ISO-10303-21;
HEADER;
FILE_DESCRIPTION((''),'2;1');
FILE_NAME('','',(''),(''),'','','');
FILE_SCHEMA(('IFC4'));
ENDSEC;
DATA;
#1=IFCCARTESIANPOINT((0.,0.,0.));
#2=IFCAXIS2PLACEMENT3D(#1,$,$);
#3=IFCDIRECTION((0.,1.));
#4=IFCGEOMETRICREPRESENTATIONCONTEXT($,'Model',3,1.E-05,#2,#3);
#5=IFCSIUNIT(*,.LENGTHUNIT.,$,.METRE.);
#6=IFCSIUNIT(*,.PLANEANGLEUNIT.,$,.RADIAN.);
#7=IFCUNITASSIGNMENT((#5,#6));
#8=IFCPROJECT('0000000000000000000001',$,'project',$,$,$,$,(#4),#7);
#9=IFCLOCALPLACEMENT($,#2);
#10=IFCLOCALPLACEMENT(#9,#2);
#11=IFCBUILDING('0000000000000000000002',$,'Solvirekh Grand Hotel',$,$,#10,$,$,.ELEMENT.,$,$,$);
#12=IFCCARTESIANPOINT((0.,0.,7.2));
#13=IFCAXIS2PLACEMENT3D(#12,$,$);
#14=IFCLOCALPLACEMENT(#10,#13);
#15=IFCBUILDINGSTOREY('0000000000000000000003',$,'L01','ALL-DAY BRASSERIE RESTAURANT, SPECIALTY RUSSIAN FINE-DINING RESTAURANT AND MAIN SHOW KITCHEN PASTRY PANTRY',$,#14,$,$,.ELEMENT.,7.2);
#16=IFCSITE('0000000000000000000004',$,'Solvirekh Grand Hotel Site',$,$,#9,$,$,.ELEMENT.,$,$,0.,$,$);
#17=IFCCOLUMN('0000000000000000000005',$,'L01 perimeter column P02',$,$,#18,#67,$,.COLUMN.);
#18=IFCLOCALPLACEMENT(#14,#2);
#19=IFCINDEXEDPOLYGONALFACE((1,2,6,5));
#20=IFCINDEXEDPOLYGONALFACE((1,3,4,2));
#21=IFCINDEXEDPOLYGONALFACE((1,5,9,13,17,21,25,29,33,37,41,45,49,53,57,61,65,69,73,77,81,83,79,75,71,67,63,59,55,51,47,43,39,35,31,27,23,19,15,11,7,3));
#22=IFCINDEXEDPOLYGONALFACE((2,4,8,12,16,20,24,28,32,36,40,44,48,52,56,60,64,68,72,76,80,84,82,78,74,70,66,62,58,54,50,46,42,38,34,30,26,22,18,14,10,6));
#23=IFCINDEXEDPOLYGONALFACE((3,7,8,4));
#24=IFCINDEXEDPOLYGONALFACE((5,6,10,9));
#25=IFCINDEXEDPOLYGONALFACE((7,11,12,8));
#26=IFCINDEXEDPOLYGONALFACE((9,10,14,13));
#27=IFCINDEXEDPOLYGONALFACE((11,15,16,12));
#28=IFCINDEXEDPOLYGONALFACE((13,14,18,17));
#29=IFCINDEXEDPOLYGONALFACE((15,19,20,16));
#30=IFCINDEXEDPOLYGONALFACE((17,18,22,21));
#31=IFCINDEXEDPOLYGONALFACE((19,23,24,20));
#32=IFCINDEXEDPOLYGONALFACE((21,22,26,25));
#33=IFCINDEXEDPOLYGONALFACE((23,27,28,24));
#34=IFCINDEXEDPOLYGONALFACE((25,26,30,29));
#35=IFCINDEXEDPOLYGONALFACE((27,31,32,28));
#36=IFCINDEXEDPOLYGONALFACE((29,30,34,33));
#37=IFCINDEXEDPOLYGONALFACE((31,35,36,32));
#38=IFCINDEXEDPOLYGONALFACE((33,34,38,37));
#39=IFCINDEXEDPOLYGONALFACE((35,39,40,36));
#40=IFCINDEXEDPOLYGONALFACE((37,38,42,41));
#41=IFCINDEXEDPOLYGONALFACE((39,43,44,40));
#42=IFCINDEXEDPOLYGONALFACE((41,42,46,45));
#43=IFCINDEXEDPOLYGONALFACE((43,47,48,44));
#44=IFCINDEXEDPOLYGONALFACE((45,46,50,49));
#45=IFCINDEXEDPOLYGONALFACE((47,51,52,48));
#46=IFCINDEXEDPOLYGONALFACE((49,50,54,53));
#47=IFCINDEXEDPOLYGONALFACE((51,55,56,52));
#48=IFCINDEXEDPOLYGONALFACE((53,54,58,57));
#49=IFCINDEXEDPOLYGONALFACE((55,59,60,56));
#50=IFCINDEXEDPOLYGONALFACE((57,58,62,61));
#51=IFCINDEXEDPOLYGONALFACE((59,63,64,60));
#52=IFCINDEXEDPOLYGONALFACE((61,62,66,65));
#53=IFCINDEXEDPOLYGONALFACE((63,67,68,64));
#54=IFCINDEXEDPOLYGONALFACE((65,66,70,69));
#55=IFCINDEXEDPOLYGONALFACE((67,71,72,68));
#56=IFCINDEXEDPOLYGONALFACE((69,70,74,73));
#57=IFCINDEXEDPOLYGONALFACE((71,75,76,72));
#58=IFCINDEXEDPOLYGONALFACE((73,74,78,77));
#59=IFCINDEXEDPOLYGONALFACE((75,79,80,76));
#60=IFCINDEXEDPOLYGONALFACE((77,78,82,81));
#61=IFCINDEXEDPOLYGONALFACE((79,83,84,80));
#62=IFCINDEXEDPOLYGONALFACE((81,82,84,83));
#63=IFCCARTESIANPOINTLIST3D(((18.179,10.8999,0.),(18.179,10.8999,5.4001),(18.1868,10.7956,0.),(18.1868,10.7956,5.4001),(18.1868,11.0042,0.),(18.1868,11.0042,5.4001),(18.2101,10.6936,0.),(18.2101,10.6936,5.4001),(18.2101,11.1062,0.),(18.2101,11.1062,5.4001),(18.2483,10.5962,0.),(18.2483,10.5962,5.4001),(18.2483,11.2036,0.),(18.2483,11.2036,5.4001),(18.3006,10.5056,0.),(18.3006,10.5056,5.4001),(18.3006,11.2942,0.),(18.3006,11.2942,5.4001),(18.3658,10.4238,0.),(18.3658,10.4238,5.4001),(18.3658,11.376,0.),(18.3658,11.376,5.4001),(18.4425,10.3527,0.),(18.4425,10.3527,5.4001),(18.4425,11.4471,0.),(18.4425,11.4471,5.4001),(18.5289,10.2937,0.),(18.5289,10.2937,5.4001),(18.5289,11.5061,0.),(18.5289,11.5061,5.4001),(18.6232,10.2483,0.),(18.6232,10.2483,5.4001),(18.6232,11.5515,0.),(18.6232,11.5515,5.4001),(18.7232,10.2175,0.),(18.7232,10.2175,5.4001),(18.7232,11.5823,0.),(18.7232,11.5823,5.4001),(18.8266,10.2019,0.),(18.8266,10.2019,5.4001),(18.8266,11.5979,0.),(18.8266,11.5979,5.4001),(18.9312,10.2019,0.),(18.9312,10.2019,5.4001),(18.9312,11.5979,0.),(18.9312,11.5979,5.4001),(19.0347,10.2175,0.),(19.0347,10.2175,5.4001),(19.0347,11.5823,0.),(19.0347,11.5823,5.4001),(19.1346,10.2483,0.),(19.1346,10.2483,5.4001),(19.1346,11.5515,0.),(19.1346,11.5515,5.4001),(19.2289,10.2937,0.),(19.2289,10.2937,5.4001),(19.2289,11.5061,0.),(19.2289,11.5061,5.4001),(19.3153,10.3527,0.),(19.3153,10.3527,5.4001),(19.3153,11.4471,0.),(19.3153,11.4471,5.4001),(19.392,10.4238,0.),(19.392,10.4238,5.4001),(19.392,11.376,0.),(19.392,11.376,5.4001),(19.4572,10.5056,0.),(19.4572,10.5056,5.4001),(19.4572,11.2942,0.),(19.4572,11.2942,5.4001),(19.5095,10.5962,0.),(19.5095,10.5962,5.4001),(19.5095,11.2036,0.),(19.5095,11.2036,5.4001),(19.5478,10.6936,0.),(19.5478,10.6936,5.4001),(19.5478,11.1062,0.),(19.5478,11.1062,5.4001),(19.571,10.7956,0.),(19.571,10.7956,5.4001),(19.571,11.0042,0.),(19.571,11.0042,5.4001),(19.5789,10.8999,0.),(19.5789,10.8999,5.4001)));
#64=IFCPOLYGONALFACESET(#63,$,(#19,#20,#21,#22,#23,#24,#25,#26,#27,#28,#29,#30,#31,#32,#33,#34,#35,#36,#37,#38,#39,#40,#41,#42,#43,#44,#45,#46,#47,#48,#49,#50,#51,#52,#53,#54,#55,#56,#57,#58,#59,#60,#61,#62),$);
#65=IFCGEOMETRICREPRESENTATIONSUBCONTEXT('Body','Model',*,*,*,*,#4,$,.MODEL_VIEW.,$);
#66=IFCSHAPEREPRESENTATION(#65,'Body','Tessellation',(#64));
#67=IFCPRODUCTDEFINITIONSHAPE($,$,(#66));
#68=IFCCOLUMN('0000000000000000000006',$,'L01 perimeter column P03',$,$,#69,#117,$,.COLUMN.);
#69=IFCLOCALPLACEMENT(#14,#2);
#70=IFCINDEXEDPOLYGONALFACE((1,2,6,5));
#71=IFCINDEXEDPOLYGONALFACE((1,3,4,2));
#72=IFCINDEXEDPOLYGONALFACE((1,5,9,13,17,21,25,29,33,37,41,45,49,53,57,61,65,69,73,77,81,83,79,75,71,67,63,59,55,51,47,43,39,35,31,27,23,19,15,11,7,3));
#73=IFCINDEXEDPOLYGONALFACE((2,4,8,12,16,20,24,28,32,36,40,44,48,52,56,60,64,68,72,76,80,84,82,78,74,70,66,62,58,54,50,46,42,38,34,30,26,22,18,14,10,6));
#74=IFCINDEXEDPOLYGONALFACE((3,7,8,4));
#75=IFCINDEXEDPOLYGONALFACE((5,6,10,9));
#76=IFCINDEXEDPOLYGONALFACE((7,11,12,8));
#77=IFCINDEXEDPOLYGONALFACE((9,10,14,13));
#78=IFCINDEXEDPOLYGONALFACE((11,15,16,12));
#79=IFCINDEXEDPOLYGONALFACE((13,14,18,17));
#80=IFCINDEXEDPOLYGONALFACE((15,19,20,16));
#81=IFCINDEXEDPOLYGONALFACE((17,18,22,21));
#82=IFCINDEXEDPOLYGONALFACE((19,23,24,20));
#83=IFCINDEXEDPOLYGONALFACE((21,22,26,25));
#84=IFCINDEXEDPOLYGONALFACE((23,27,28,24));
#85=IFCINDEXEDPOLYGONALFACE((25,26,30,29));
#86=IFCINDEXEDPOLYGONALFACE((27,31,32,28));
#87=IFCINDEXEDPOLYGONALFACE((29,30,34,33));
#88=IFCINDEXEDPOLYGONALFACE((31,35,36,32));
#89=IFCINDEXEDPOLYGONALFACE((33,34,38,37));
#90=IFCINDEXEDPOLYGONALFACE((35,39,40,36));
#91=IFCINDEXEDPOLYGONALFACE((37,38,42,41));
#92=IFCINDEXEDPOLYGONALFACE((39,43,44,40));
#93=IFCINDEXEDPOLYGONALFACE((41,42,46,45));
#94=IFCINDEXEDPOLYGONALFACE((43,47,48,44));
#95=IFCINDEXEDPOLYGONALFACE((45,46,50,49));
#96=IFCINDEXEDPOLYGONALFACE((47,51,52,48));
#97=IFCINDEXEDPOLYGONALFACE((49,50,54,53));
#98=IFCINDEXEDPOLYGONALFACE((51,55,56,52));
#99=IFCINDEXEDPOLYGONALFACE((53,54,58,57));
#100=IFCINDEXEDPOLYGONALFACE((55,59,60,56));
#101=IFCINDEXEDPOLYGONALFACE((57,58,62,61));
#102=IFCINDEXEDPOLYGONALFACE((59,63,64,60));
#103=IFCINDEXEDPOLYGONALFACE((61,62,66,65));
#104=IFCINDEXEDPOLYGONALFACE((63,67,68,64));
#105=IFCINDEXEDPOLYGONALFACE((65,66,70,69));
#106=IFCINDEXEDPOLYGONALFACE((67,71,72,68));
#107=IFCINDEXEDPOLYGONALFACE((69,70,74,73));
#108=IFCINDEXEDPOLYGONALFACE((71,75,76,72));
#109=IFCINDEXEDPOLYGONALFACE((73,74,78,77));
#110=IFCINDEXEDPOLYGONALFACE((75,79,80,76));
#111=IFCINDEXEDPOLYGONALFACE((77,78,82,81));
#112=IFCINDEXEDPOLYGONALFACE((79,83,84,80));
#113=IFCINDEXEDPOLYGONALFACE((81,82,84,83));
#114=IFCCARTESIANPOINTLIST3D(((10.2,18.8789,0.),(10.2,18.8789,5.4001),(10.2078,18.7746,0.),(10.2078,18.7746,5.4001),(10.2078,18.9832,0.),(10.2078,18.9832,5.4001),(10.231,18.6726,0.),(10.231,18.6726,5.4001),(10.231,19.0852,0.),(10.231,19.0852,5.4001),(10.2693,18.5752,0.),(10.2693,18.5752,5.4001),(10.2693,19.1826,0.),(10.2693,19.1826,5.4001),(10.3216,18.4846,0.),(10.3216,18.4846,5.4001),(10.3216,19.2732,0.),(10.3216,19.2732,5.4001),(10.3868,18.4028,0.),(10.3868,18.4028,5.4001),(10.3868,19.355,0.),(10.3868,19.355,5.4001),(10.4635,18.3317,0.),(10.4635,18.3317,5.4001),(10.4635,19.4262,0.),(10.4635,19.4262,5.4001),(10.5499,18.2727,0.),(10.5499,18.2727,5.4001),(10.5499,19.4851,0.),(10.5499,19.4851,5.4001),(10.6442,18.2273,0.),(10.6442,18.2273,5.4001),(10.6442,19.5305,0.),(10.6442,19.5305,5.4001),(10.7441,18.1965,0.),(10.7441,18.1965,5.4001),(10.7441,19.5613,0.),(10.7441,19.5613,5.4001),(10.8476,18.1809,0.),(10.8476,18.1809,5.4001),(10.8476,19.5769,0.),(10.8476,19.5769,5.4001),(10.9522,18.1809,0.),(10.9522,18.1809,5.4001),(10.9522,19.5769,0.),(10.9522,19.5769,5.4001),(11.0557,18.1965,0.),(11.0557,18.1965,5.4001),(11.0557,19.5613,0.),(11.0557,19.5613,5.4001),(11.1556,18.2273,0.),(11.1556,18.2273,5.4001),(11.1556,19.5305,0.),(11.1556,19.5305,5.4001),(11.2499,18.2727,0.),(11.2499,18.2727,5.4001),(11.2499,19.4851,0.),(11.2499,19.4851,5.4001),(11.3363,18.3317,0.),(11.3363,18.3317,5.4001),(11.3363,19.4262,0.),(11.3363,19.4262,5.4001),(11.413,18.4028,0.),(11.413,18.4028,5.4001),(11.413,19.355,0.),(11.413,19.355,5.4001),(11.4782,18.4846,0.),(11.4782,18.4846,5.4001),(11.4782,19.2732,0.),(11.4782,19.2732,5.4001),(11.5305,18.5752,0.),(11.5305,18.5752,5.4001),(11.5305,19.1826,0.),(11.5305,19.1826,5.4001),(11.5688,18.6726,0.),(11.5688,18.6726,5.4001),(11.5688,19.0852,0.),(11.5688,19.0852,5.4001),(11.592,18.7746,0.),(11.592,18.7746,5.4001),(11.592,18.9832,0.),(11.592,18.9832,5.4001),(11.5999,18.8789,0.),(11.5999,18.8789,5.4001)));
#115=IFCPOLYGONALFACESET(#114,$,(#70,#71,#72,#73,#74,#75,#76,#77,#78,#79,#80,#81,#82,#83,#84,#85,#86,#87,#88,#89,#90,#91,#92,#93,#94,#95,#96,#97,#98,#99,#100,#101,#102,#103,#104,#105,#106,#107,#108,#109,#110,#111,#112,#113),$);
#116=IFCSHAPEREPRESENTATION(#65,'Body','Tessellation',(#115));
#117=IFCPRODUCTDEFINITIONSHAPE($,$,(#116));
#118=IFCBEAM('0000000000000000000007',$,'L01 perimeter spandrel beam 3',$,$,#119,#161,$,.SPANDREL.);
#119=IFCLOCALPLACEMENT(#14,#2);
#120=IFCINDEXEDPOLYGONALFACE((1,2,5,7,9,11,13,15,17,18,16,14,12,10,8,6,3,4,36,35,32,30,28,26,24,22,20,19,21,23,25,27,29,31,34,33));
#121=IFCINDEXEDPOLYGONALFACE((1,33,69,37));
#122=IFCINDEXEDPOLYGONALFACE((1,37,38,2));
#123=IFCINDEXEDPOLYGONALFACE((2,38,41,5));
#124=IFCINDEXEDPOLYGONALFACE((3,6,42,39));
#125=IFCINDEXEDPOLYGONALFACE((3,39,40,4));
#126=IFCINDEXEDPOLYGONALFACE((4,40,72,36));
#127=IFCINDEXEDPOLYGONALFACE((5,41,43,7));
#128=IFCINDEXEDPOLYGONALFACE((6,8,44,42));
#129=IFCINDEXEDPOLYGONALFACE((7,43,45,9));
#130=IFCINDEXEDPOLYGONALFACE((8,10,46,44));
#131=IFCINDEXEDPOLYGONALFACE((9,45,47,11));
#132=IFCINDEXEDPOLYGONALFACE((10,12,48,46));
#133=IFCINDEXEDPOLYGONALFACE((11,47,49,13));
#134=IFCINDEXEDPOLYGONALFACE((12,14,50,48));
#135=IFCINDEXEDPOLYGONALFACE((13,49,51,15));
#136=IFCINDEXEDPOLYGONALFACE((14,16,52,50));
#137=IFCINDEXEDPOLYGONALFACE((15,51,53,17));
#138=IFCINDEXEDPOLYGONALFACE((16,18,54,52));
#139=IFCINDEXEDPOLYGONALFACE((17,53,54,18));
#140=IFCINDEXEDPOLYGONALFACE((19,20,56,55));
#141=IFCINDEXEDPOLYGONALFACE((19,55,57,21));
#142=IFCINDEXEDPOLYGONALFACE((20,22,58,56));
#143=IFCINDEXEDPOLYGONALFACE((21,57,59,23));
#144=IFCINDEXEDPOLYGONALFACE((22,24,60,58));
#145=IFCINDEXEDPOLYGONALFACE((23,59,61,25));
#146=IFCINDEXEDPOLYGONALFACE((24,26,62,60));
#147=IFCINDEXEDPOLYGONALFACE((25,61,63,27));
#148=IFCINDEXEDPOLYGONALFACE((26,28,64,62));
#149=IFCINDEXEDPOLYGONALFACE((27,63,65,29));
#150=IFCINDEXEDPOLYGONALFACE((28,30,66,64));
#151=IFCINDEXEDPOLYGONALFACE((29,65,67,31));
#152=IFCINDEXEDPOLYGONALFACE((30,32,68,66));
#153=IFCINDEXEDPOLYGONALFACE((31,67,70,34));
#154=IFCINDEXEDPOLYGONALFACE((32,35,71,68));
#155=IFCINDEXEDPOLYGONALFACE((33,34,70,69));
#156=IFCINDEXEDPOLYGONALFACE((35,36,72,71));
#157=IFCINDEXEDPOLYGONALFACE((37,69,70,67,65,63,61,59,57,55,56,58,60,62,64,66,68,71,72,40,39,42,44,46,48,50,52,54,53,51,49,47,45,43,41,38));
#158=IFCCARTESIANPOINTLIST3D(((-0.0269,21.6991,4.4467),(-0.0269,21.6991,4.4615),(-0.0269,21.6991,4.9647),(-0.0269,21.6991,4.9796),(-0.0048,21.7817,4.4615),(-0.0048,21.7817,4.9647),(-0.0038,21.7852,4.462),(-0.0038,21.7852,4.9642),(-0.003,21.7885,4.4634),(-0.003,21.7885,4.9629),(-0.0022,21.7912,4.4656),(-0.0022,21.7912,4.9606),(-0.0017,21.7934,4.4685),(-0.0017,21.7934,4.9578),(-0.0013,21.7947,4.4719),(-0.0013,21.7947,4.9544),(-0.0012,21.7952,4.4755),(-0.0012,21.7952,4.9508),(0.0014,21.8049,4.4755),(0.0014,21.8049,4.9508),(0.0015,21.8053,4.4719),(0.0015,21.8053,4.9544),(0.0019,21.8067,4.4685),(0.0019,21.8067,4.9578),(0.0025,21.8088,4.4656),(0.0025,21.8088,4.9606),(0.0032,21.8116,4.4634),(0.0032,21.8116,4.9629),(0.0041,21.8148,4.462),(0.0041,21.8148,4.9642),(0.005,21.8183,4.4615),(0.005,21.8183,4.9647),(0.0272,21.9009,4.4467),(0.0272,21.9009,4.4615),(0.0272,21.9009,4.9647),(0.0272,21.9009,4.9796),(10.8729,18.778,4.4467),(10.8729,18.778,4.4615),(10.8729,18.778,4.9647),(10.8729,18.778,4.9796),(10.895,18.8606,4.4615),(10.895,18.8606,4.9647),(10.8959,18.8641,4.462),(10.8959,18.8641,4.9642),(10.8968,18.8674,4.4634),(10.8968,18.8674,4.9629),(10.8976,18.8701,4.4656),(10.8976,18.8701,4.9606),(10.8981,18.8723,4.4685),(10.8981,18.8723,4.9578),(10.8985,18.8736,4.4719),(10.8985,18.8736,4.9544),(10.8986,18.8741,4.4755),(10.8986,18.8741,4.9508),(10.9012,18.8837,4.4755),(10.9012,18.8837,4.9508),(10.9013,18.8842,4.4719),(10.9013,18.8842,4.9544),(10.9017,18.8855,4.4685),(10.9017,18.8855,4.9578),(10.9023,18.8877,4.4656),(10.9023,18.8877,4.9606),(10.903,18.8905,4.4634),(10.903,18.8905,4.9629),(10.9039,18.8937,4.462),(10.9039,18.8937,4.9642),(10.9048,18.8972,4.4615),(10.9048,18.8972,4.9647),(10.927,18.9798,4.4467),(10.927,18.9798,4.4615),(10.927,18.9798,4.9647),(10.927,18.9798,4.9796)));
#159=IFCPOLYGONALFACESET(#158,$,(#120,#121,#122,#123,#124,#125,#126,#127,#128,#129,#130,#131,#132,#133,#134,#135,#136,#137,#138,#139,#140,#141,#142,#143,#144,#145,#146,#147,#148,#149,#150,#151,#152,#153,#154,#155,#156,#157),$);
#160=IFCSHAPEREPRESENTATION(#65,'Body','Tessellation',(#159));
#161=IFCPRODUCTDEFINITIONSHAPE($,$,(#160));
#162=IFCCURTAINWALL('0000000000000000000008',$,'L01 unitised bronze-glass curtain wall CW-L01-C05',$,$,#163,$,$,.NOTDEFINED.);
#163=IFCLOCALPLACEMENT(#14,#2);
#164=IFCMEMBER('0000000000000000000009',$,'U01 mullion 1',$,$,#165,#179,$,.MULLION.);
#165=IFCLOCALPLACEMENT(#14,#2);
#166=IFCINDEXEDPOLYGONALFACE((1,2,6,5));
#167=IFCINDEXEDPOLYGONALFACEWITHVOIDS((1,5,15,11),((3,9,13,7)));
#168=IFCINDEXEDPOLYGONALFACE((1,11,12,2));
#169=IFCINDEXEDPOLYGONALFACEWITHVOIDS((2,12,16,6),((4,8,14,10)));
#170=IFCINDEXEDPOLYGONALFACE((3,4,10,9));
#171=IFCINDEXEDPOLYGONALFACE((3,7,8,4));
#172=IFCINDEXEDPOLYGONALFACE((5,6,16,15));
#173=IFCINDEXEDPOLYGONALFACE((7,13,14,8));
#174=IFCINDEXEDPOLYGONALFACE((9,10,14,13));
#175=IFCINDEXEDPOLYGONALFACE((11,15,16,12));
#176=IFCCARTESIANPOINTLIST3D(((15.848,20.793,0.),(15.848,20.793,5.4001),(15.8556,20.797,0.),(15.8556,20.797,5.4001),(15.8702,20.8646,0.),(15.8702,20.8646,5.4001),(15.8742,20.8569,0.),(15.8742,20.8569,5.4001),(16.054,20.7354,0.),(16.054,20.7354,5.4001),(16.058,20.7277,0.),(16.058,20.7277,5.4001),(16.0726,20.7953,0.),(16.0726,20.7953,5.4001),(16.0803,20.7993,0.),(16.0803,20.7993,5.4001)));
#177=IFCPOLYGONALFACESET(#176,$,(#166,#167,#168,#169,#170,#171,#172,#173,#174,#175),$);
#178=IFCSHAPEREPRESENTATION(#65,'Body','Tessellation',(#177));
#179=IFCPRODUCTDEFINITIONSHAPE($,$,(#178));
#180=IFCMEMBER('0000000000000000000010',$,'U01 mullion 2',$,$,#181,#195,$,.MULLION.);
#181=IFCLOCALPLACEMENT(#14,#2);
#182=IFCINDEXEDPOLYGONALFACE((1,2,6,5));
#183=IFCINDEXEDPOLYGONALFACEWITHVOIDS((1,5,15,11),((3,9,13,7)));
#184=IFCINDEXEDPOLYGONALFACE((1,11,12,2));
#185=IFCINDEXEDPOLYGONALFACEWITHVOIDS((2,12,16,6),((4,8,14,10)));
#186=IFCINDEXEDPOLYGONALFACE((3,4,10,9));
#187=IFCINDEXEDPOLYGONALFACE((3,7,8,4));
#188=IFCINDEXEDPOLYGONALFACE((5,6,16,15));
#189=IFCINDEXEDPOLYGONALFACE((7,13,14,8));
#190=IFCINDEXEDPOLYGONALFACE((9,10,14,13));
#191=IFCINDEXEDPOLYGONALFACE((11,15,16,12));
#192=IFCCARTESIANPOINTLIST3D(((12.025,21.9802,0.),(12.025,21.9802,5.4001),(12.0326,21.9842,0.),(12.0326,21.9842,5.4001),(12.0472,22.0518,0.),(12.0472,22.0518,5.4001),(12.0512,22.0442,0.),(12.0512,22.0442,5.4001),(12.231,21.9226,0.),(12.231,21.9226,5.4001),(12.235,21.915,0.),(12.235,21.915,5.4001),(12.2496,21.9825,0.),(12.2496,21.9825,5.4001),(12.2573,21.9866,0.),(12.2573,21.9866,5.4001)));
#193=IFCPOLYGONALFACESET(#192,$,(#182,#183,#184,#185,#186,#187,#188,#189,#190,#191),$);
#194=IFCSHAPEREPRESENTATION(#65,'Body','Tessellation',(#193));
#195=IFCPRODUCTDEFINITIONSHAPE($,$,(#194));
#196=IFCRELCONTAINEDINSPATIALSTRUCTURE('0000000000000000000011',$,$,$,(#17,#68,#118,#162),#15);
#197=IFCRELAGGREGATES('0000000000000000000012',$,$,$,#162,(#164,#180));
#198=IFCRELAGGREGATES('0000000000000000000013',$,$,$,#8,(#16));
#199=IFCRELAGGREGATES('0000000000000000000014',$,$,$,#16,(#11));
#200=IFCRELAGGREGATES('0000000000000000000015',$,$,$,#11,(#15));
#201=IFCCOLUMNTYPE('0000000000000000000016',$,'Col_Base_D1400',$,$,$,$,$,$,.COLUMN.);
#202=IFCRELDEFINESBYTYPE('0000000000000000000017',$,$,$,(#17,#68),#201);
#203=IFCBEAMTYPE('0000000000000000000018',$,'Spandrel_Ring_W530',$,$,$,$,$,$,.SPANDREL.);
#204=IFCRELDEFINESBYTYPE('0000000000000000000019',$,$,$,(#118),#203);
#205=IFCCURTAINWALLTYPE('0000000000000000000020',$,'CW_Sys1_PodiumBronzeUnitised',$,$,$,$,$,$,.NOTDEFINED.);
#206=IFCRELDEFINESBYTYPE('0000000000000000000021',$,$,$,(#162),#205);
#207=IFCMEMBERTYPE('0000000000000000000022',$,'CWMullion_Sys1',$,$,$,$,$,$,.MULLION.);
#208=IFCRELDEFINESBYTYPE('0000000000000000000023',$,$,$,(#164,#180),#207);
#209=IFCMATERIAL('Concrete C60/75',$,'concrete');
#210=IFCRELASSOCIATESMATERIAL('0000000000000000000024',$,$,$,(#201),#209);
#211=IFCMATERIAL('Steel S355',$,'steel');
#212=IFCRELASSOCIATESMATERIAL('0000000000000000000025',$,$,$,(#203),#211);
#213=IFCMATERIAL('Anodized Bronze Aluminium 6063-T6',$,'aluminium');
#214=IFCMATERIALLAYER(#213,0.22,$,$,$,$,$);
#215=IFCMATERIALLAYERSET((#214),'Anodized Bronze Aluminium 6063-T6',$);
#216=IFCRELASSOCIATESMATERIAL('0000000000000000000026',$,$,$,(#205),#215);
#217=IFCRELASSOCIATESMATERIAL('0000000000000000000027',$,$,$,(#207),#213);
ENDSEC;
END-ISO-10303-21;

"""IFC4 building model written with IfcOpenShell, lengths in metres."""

from ifc_helpers import new_model, si_unit, direction, frame, origin, origin_2d, place, context, subcontext, project, spatial, hollow_rectangle, circle, i_section, extrude, source, transform, mapped, material, layer, layer_set, material_profile, profile_set, type_object, element, aggregate, save


model = new_model("IFC4")

# Units and contexts
model_context = context("Model", 3, precision=1e-05, world=origin(), true_north=direction((0.0, 1.0)))
body_context = subcontext(model_context, "Body", "Model", "MODEL_VIEW")
ifc_project = project(units=[si_unit("LENGTHUNIT", "METRE"), si_unit("PLANEANGLEUNIT", "RADIAN")], contexts=[model_context])

# Site, building, storey
site_placement = place(None, origin())
site = spatial("IfcSite", under=ifc_project, at=site_placement, Name="Solvirekh Grand Hotel Site", CompositionType="ELEMENT", RefElevation=0.0)
building_placement = place(site_placement, origin())
building = spatial("IfcBuilding", under=site, at=building_placement, Name="Solvirekh Grand Hotel", CompositionType="ELEMENT")
storey_placement = place(building_placement, frame((0.0, 0.0, 7.2)))
storey = spatial("IfcBuildingStorey", under=building, at=storey_placement, Name="L01", Description="ALL-DAY BRASSERIE RESTAURANT, SPECIALTY RUSSIAN FINE-DINING RESTAURANT AND MAIN SHOW KITCHEN PASTRY PANTRY", CompositionType="ELEMENT", Elevation=7.2)

# Columns
ifc_material_1 = material(Name="Concrete C60/75", Category="concrete")
ifc_material_profile_1 = material_profile(ifc_material_1, circle(Radius=0.7, at=origin_2d()), Name="RC CIRC D1400")
ifc_profile_set_1 = profile_set([ifc_material_profile_1], Name="Concrete C60/75")
column_type = type_object("IfcColumnType", Name="Col_Base_D1400", PredefinedType="COLUMN", material=ifc_profile_set_1)
for number, where, z_axis, x_axis, name in (
    (1, (18.8789, 10.8999, 0.0), (0.0, 0.0, 1.0), (1.0, 0.0, 0.0), "L01 perimeter column P02"),
    (2, (10.8999, 18.8789, 0.0), (0.0, 0.0, 1.0), (1.0, 0.0, 0.0), "L01 perimeter column P03"),
):
    element("IfcColumn", number, at=place(storey_placement, frame(where, z_axis=z_axis, x_axis=x_axis)), inside=storey, type_object=column_type, Name=name, PredefinedType="COLUMN", context=body_context, shape_type="SweptSolid", body=[
        extrude(circle(Radius=0.7, at=origin_2d()), origin(), (0.0, 0.0, 1.0), 5.4001),
    ])

# Beam
ifc_material_2 = material(Name="Steel S355", Category="steel")
ifc_material_profile_2 = material_profile(ifc_material_2, i_section(OverallWidth=0.209, OverallDepth=0.533, WebThickness=0.01, FlangeThickness=0.0149, FilletRadius=0.0139, at=origin_2d()), Name="W530X92")
ifc_profile_set_2 = profile_set([ifc_material_profile_2], Name="Steel S355")
beam_type = type_object("IfcBeamType", Name="Spandrel_Ring_W530", PredefinedType="SPANDREL", material=ifc_profile_set_2)
beam_placement = place(storey_placement, frame((10.8999, 18.8789, 4.7131), z_axis=(-0.965914, 0.258862, 0.0), x_axis=(-0.258862, -0.965914, 0.0)))
element("IfcBeam", 3, at=beam_placement, inside=storey, type_object=beam_type, Name="L01 perimeter spandrel beam 3", PredefinedType="SPANDREL", context=body_context, shape_type="SweptSolid", body=[
    extrude(i_section(OverallWidth=0.209, OverallDepth=0.533, WebThickness=0.01, FlangeThickness=0.0149, FilletRadius=0.0139, at=origin_2d()), origin(), (0.0, 0.0, 1.0), 11.2844),
])

# Curtain wall, members
ifc_material_3 = material(Name="Anodized Bronze Aluminium 6063-T6", Category="aluminium")
ifc_layer_1 = layer(ifc_material_3, 0.22)
ifc_layer_set_1 = layer_set([ifc_layer_1], Name="Anodized Bronze Aluminium 6063-T6")
curtain_wall_type = type_object("IfcCurtainWallType", Name="CW_Sys1_PodiumBronzeUnitised", PredefinedType="NOTDEFINED", material=ifc_layer_set_1)
curtain_wall_1_placement = place(storey_placement, origin())
curtain_wall_1 = element("IfcCurtainWall", 4, at=curtain_wall_1_placement, inside=storey, type_object=curtain_wall_type, Name="L01 unitised bronze-glass curtain wall CW-L01-C05", PredefinedType="NOTDEFINED")
ifc_material_profile_3 = material_profile(ifc_material_3, hollow_rectangle(XDim=0.075, YDim=0.22, WallThickness=0.0061, at=origin_2d()), Name="ALU RHS 220X75X6")
ifc_profile_set_3 = profile_set([ifc_material_profile_3], Name="Anodized Bronze Aluminium 6063-T6")
member_type_1 = type_object("IfcMemberType", Name="CWMullion_Sys1", PredefinedType="MULLION", material=ifc_profile_set_3)
shared_shape_1 = source(origin(), body_context, "Body", "SweptSolid", [
    extrude(hollow_rectangle(XDim=0.075, YDim=0.22, WallThickness=0.0061, at=origin_2d()), origin(), (0.0, 0.0, 1.0), 5.4001),
])
member_1_placement = place(storey_placement, frame((15.9641, 20.7961, 0.0), z_axis=(0.0, 0.0, 1.0), x_axis=(-0.296598, -0.955003, 0.0)))
member_1 = element("IfcMember", 5, at=member_1_placement, type_object=member_type_1, Name="U01 mullion 1", PredefinedType="MULLION", context=body_context, shape_type="MappedRepresentation", body=[
    mapped(shared_shape_1, transform((0.0, 0.0, 0.0), x_axis=(1.0, 0.0, 0.0), y_axis=(0.0, 1.0, 0.0), z_axis=(0.0, 0.0, 1.0), scale=1.0)),
])
member_2_placement = place(storey_placement, frame((12.1411, 21.9834, 0.0), z_axis=(0.0, 0.0, 1.0), x_axis=(-0.296598, -0.955003, 0.0)))
member_2 = element("IfcMember", 6, at=member_2_placement, type_object=member_type_1, Name="U01 mullion 2", PredefinedType="MULLION", context=body_context, shape_type="MappedRepresentation", body=[
    mapped(shared_shape_1, transform((0.0, 0.0, 0.0), x_axis=(1.0, 0.0, 0.0), y_axis=(0.0, 1.0, 0.0), z_axis=(0.0, 0.0, 1.0), scale=1.0)),
])

aggregate(curtain_wall_1, [member_1, member_2])

save(model, "model.ifc")
